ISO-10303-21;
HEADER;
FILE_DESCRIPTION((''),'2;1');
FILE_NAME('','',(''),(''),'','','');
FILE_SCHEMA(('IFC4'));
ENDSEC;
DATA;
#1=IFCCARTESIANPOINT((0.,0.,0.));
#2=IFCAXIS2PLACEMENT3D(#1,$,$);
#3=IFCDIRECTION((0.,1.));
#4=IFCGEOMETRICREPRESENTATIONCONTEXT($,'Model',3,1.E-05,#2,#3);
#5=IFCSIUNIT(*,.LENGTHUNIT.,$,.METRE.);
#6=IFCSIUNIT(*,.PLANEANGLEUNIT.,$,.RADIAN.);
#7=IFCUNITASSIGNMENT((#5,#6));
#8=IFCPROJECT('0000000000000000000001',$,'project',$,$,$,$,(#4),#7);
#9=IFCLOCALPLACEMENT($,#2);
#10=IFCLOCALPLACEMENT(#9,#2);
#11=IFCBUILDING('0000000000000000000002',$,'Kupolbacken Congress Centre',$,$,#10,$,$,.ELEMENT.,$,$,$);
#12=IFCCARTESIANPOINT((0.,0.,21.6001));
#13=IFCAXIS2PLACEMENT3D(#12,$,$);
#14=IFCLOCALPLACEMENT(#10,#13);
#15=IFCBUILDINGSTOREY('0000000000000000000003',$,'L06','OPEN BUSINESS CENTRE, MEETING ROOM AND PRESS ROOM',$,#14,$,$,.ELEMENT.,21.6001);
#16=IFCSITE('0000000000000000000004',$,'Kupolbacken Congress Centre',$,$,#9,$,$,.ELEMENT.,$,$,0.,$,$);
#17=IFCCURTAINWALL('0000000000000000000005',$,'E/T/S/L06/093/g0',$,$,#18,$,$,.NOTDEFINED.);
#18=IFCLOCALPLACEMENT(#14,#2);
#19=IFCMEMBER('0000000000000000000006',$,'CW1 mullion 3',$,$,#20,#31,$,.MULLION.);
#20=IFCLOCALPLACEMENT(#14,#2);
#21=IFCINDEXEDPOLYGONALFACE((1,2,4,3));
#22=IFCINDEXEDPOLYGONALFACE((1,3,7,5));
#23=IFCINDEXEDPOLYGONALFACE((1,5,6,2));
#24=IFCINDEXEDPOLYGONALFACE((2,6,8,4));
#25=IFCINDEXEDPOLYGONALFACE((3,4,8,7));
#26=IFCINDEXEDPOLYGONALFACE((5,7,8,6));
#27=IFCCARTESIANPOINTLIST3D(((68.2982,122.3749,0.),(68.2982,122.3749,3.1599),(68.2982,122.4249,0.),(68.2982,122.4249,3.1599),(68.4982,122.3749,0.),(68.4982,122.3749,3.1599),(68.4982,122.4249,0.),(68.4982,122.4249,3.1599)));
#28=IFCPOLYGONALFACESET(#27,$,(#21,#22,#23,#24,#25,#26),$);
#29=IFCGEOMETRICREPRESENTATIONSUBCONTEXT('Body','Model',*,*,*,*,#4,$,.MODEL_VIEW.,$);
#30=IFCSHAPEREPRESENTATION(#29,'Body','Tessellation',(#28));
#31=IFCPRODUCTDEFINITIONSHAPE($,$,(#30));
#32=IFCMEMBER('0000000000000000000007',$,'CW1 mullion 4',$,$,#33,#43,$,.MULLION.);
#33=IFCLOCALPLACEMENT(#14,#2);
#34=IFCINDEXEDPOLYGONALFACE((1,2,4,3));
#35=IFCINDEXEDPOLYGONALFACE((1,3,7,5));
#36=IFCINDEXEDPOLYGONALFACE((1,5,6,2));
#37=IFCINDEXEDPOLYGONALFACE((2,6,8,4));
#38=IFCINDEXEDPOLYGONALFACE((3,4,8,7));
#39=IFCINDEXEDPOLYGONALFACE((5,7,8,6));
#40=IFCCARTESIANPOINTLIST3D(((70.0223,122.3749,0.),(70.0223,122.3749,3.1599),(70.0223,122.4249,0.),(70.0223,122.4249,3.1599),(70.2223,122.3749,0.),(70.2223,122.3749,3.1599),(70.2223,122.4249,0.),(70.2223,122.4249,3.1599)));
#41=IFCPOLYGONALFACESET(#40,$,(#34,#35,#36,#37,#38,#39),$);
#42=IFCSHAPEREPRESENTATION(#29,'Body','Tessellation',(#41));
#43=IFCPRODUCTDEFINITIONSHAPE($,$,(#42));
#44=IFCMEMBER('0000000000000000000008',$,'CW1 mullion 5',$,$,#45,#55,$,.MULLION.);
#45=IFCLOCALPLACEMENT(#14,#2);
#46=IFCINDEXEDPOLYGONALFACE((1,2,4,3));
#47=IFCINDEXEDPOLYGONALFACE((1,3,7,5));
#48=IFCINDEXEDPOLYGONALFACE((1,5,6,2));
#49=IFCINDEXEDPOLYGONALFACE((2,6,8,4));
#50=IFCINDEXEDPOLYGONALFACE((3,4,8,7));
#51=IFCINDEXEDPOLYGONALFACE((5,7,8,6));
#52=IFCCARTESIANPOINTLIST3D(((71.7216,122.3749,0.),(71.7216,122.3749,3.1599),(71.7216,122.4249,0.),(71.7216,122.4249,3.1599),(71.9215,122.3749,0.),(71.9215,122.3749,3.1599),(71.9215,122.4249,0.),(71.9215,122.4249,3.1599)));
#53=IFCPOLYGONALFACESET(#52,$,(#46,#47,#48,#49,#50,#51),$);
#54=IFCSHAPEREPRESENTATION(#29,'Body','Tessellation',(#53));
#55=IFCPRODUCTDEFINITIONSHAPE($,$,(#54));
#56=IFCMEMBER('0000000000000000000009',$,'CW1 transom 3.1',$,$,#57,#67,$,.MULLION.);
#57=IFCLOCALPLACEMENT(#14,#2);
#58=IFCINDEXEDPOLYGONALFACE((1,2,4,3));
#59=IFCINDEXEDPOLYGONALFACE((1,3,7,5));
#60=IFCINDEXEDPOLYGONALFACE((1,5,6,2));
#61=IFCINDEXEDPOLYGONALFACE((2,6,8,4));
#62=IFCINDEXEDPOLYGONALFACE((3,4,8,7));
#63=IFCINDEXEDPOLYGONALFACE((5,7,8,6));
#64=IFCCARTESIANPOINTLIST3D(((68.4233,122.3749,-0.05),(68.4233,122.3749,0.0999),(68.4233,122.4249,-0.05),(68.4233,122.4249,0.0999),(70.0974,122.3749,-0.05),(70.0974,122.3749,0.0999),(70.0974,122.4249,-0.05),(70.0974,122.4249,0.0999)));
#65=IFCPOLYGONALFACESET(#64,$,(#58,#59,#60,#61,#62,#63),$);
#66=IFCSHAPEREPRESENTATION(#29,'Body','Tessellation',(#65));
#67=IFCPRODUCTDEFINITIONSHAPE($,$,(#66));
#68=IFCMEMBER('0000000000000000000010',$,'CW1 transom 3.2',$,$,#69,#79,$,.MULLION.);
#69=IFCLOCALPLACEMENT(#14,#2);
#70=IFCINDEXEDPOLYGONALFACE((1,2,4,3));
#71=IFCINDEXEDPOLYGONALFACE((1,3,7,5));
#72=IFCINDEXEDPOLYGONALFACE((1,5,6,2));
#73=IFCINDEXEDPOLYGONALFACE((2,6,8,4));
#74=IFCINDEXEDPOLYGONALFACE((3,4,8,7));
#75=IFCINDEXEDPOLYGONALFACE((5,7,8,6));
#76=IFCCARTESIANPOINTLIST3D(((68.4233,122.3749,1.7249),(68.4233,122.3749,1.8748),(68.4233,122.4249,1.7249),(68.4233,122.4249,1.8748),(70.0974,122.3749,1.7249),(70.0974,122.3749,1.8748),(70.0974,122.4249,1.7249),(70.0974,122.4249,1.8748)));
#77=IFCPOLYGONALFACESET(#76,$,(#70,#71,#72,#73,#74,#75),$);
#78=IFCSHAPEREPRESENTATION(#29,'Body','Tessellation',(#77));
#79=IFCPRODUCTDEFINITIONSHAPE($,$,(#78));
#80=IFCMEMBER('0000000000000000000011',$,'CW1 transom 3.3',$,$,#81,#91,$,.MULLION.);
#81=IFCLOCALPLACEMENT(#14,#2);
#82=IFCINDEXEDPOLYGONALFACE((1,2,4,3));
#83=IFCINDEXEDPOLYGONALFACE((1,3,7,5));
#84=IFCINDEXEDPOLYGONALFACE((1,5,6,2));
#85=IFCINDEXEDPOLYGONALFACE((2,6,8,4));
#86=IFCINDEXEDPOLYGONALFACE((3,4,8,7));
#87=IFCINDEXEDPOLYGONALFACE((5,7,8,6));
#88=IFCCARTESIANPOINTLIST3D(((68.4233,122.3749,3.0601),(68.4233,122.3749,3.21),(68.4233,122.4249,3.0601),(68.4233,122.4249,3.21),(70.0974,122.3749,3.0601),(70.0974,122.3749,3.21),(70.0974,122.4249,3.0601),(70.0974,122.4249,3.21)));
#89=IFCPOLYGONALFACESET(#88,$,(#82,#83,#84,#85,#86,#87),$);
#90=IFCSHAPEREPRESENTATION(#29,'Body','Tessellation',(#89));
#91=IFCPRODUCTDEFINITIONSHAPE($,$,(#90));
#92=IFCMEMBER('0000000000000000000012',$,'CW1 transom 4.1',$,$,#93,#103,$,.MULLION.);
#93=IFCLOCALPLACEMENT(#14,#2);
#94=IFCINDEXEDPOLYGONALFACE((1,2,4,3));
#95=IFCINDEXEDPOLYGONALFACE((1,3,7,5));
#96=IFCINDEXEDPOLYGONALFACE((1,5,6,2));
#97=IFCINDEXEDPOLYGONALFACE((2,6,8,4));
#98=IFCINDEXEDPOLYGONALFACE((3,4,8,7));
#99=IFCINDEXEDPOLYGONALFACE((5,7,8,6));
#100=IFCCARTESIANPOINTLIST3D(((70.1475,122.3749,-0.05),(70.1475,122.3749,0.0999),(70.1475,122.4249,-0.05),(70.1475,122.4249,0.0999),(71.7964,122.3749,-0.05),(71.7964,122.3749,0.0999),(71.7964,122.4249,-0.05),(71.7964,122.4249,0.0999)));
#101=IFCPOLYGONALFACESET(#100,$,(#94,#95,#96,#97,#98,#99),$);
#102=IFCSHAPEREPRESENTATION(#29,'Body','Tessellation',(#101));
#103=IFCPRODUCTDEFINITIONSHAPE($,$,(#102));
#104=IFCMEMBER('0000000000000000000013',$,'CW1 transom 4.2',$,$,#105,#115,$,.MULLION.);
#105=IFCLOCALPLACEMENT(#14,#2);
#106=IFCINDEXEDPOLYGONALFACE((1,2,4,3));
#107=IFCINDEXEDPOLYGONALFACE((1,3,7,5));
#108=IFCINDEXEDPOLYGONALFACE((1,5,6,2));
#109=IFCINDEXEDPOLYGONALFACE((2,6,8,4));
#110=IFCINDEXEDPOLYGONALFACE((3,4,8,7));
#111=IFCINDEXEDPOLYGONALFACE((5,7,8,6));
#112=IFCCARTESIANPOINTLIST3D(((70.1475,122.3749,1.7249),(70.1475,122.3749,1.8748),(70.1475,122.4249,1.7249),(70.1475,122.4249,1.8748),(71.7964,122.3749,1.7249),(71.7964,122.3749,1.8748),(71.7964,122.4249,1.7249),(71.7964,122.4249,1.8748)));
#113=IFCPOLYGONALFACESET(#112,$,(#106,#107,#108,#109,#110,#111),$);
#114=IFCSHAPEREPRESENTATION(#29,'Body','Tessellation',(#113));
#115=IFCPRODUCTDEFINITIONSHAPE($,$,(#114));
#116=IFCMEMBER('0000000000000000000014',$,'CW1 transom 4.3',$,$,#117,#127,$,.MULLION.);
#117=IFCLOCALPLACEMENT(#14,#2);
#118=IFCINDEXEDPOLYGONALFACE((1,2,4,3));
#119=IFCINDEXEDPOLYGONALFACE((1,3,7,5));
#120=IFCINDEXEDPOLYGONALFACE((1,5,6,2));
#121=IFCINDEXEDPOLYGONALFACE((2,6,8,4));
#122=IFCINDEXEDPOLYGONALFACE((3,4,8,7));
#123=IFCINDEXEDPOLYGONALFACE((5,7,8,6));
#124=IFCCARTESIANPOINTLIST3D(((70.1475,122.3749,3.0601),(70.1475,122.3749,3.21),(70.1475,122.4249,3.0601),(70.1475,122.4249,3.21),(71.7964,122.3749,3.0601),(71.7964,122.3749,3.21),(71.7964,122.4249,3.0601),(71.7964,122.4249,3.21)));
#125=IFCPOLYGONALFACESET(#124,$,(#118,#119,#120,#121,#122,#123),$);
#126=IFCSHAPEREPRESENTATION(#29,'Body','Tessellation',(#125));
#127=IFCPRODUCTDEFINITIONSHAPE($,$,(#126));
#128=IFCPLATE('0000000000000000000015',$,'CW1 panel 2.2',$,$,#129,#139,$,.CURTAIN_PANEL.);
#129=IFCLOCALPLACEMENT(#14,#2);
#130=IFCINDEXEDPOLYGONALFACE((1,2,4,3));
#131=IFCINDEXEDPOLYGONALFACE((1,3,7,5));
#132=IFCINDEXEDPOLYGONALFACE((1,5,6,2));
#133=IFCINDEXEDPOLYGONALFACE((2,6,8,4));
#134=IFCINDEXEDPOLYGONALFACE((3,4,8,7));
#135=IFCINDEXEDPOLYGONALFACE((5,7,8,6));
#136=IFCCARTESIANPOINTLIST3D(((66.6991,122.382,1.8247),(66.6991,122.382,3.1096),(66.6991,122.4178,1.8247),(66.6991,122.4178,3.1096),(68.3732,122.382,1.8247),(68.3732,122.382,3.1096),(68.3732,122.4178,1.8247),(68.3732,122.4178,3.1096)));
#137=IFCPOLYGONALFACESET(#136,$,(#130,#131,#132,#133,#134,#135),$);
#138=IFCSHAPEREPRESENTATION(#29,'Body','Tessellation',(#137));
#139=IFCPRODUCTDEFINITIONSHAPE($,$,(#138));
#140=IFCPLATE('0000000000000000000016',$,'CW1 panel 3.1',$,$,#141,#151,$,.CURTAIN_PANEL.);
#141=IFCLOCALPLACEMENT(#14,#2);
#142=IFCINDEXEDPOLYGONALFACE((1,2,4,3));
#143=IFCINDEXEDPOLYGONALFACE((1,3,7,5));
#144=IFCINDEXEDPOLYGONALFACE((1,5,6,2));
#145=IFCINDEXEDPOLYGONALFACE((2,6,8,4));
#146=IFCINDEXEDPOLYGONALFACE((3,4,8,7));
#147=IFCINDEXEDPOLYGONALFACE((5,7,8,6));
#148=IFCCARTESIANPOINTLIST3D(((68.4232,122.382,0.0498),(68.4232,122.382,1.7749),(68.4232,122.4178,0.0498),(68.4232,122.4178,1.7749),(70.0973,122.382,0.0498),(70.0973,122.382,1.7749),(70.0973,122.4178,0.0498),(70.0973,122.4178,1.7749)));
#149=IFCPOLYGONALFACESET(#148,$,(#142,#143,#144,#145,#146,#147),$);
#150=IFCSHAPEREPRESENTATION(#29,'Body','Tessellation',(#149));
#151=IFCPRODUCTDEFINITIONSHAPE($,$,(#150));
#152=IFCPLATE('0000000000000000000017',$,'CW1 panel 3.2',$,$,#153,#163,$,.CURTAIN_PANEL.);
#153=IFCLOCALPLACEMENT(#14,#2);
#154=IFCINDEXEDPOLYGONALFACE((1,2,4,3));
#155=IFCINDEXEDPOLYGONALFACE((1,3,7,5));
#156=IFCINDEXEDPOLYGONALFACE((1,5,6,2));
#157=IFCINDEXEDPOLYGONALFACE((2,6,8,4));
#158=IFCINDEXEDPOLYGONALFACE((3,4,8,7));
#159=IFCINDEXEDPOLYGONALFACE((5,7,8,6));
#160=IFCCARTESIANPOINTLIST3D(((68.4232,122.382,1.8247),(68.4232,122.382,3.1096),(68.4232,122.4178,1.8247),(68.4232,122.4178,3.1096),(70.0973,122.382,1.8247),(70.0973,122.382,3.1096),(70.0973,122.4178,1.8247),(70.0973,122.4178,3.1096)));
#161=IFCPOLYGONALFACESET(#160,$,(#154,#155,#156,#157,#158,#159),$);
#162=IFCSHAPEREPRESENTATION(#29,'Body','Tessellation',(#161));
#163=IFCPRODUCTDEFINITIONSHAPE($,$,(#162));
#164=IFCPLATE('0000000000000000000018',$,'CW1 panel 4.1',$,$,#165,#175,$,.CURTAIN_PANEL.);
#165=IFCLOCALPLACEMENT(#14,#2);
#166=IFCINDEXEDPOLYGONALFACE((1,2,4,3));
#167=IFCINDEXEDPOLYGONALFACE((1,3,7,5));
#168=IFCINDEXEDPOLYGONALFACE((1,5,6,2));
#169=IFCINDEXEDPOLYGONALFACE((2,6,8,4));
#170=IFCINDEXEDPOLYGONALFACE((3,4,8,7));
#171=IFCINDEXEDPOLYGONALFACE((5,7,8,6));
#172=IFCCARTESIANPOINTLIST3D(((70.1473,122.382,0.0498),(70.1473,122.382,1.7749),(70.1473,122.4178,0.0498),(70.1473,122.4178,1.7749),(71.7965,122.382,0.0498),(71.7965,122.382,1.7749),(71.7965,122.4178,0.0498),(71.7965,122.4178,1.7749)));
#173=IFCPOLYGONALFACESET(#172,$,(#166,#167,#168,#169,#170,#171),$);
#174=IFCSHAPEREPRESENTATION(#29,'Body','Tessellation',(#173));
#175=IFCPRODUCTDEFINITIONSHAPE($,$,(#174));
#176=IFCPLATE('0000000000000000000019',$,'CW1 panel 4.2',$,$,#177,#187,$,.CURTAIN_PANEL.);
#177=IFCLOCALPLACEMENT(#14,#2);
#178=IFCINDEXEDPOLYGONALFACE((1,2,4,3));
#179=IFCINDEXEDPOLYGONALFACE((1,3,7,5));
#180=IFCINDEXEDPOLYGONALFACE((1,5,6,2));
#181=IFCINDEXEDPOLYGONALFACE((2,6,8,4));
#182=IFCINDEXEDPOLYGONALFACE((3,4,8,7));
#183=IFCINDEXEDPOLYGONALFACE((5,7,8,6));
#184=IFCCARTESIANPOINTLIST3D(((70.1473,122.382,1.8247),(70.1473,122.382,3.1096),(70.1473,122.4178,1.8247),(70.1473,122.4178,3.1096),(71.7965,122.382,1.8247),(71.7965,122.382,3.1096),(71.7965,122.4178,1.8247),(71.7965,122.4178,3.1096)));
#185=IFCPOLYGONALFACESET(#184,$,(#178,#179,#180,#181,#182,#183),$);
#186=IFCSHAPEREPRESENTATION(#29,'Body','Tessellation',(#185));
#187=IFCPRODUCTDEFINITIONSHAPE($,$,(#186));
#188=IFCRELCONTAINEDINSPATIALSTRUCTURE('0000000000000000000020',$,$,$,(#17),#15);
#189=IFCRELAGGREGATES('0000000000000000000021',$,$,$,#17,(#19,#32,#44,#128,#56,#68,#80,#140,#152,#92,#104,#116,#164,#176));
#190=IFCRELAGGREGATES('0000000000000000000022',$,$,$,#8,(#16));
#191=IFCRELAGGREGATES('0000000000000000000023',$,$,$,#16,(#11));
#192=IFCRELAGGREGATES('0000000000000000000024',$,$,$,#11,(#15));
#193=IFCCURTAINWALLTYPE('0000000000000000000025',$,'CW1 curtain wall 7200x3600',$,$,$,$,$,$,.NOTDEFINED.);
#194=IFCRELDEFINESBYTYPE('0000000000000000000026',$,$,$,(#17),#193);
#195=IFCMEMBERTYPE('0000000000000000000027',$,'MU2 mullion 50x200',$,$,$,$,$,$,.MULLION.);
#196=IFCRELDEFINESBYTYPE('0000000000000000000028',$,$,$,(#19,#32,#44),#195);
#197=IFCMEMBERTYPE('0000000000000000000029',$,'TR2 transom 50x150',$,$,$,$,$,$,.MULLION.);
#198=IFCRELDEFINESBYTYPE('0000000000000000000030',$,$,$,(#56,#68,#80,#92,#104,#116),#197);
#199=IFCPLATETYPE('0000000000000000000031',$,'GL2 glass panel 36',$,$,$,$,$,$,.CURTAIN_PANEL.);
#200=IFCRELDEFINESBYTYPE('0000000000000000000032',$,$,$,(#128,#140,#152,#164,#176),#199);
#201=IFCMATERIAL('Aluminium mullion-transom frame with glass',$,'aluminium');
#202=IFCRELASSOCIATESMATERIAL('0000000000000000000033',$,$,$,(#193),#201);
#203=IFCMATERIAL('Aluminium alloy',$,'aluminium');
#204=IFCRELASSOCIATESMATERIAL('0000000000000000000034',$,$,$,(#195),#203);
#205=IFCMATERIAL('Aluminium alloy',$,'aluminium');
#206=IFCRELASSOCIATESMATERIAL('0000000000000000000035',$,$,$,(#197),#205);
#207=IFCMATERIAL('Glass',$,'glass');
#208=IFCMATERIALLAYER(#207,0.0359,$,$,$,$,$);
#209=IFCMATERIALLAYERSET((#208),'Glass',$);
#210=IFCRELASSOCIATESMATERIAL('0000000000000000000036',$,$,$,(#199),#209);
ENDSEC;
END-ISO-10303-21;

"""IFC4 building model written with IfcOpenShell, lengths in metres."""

from ifc_helpers import new_model, si_unit, direction, frame, origin, origin_2d, place, context, subcontext, project, spatial, rectangle, extrude, material, layer, layer_set, material_profile, profile_set, type_object, element, aggregate, save


model = new_model("IFC4")

# Units and contexts
model_context = context("Model", 3, precision=1e-05, world=origin(), true_north=direction((0.0, 1.0)))
body_context = subcontext(model_context, "Body", "Model", "MODEL_VIEW")
ifc_project = project(units=[si_unit("LENGTHUNIT", "METRE"), si_unit("PLANEANGLEUNIT", "RADIAN")], contexts=[model_context])

# Site, building, storey
site_placement = place(None, origin())
site = spatial("IfcSite", under=ifc_project, at=site_placement, Name="Kupolbacken Congress Centre", CompositionType="ELEMENT", RefElevation=0.0)
building_placement = place(site_placement, origin())
building = spatial("IfcBuilding", under=site, at=building_placement, Name="Kupolbacken Congress Centre", CompositionType="ELEMENT")
storey_placement = place(building_placement, frame((0.0, 0.0, 21.6001)))
storey = spatial("IfcBuildingStorey", under=building, at=storey_placement, Name="L06", Description="OPEN BUSINESS CENTRE, MEETING ROOM AND PRESS ROOM", CompositionType="ELEMENT", Elevation=21.6001)

# Curtain wall, members, plates
ifc_material_1 = material(Name="Aluminium mullion-transom frame with glass", Category="aluminium")
curtain_wall_type = type_object("IfcCurtainWallType", Name="CW1 curtain wall 7200x3600", PredefinedType="NOTDEFINED", material=ifc_material_1)
curtain_wall_placement = place(storey_placement, origin())
curtain_wall = element("IfcCurtainWall", 1, at=curtain_wall_placement, inside=storey, type_object=curtain_wall_type, Name="E/T/S/L06/093/g0", PredefinedType="NOTDEFINED")
ifc_material_2 = material(Name="Aluminium alloy", Category="aluminium")
ifc_material_profile_1 = material_profile(ifc_material_2, rectangle(XDim=0.05, YDim=0.2, at=origin_2d()), Name="50 x 200")
ifc_profile_set_1 = profile_set([ifc_material_profile_1], Name="Aluminium alloy")
member_type_1 = type_object("IfcMemberType", Name="MU2 mullion 50x200", PredefinedType="MULLION", material=ifc_profile_set_1)
member_1_placement = place(storey_placement, frame((68.3982, 122.3999, 0.0), z_axis=(0.0, 0.0, 1.0), x_axis=(0.0, 1.0, 0.0)))
member_1 = element("IfcMember", 2, at=member_1_placement, type_object=member_type_1, Name="CW1 mullion 3", PredefinedType="MULLION", context=body_context, shape_type="SweptSolid", body=[
    extrude(rectangle(XDim=0.05, YDim=0.2, at=origin_2d()), origin(), (0.0, 0.0, 1.0), 3.1599),
])
member_2_placement = place(storey_placement, frame((70.1223, 122.3999, 0.0), z_axis=(0.0, 0.0, 1.0), x_axis=(0.0, 1.0, 0.0)))
member_2 = element("IfcMember", 3, at=member_2_placement, type_object=member_type_1, Name="CW1 mullion 4", PredefinedType="MULLION", context=body_context, shape_type="SweptSolid", body=[
    extrude(rectangle(XDim=0.05, YDim=0.2, at=origin_2d()), origin(), (0.0, 0.0, 1.0), 3.1599),
])
member_3_placement = place(storey_placement, frame((71.8215, 122.3999, 0.0), z_axis=(0.0, 0.0, 1.0), x_axis=(0.0, 1.0, 0.0)))
member_3 = element("IfcMember", 4, at=member_3_placement, type_object=member_type_1, Name="CW1 mullion 5", PredefinedType="MULLION", context=body_context, shape_type="SweptSolid", body=[
    extrude(rectangle(XDim=0.05, YDim=0.2, at=origin_2d()), origin(), (0.0, 0.0, 1.0), 3.1599),
])
ifc_material_3 = material(Name="Aluminium alloy", Category="aluminium")
ifc_material_profile_2 = material_profile(ifc_material_3, rectangle(XDim=0.05, YDim=0.1499, at=origin_2d()), Name="50 x 150")
ifc_profile_set_2 = profile_set([ifc_material_profile_2], Name="Aluminium alloy")
member_type_2 = type_object("IfcMemberType", Name="TR2 transom 50x150", PredefinedType="MULLION", material=ifc_profile_set_2)
member_4_placement = place(storey_placement, frame((68.4233, 122.3999, 0.0249), z_axis=(1.0, 0.0, 0.0), x_axis=(0.0, 1.0, 0.0)))
member_4 = element("IfcMember", 5, at=member_4_placement, type_object=member_type_2, Name="CW1 transom 3.1", PredefinedType="MULLION", context=body_context, shape_type="SweptSolid", body=[
    extrude(rectangle(XDim=0.05, YDim=0.1499, at=origin_2d()), origin(), (0.0, 0.0, 1.0), 1.6741),
])
member_5_placement = place(storey_placement, frame((68.4233, 122.3999, 1.7998), z_axis=(1.0, 0.0, 0.0), x_axis=(0.0, 1.0, 0.0)))
member_5 = element("IfcMember", 6, at=member_5_placement, type_object=member_type_2, Name="CW1 transom 3.2", PredefinedType="MULLION", context=body_context, shape_type="SweptSolid", body=[
    extrude(rectangle(XDim=0.05, YDim=0.1499, at=origin_2d()), origin(), (0.0, 0.0, 1.0), 1.6741),
])
member_6_placement = place(storey_placement, frame((68.4233, 122.3999, 3.135), z_axis=(1.0, 0.0, 0.0), x_axis=(0.0, 1.0, 0.0)))
member_6 = element("IfcMember", 7, at=member_6_placement, type_object=member_type_2, Name="CW1 transom 3.3", PredefinedType="MULLION", context=body_context, shape_type="SweptSolid", body=[
    extrude(rectangle(XDim=0.05, YDim=0.1499, at=origin_2d()), origin(), (0.0, 0.0, 1.0), 1.6741),
])
member_7_placement = place(storey_placement, frame((70.1475, 122.3999, 0.0249), z_axis=(1.0, 0.0, 0.0), x_axis=(0.0, 1.0, 0.0)))
member_7 = element("IfcMember", 8, at=member_7_placement, type_object=member_type_2, Name="CW1 transom 4.1", PredefinedType="MULLION", context=body_context, shape_type="SweptSolid", body=[
    extrude(rectangle(XDim=0.05, YDim=0.1499, at=origin_2d()), origin(), (0.0, 0.0, 1.0), 1.6489),
])
member_8_placement = place(storey_placement, frame((70.1475, 122.3999, 1.7998), z_axis=(1.0, 0.0, 0.0), x_axis=(0.0, 1.0, 0.0)))
member_8 = element("IfcMember", 9, at=member_8_placement, type_object=member_type_2, Name="CW1 transom 4.2", PredefinedType="MULLION", context=body_context, shape_type="SweptSolid", body=[
    extrude(rectangle(XDim=0.05, YDim=0.1499, at=origin_2d()), origin(), (0.0, 0.0, 1.0), 1.6489),
])
member_9_placement = place(storey_placement, frame((70.1475, 122.3999, 3.135), z_axis=(1.0, 0.0, 0.0), x_axis=(0.0, 1.0, 0.0)))
member_9 = element("IfcMember", 10, at=member_9_placement, type_object=member_type_2, Name="CW1 transom 4.3", PredefinedType="MULLION", context=body_context, shape_type="SweptSolid", body=[
    extrude(rectangle(XDim=0.05, YDim=0.1499, at=origin_2d()), origin(), (0.0, 0.0, 1.0), 1.6489),
])
ifc_material_4 = material(Name="Glass", Category="glass")
ifc_layer_1 = layer(ifc_material_4, 0.0359)
ifc_layer_set_1 = layer_set([ifc_layer_1], Name="Glass")
plate_type = type_object("IfcPlateType", Name="GL2 glass panel 36", PredefinedType="CURTAIN_PANEL", material=ifc_layer_set_1)
plate_1_placement = place(storey_placement, frame((67.5361, 122.3999, 1.8247), z_axis=(0.0, 0.0, 1.0), x_axis=(1.0, 0.0, 0.0)))
plate_1 = element("IfcPlate", 11, at=plate_1_placement, type_object=plate_type, Name="CW1 panel 2.2", PredefinedType="CURTAIN_PANEL", context=body_context, shape_type="SweptSolid", body=[
    extrude(rectangle(XDim=1.6741, YDim=0.0359, at=origin_2d()), origin(), (0.0, 0.0, 1.0), 1.2849),
])
plate_2_placement = place(storey_placement, frame((69.2603, 122.3999, 0.0498), z_axis=(0.0, 0.0, 1.0), x_axis=(1.0, 0.0, 0.0)))
plate_2 = element("IfcPlate", 12, at=plate_2_placement, type_object=plate_type, Name="CW1 panel 3.1", PredefinedType="CURTAIN_PANEL", context=body_context, shape_type="SweptSolid", body=[
    extrude(rectangle(XDim=1.6741, YDim=0.0359, at=origin_2d()), origin(), (0.0, 0.0, 1.0), 1.7251),
])
plate_3_placement = place(storey_placement, frame((69.2603, 122.3999, 1.8247), z_axis=(0.0, 0.0, 1.0), x_axis=(1.0, 0.0, 0.0)))
plate_3 = element("IfcPlate", 13, at=plate_3_placement, type_object=plate_type, Name="CW1 panel 3.2", PredefinedType="CURTAIN_PANEL", context=body_context, shape_type="SweptSolid", body=[
    extrude(rectangle(XDim=1.6741, YDim=0.0359, at=origin_2d()), origin(), (0.0, 0.0, 1.0), 1.2849),
])
plate_4_placement = place(storey_placement, frame((70.9719, 122.3999, 0.0498), z_axis=(0.0, 0.0, 1.0), x_axis=(1.0, 0.0, 0.0)))
plate_4 = element("IfcPlate", 14, at=plate_4_placement, type_object=plate_type, Name="CW1 panel 4.1", PredefinedType="CURTAIN_PANEL", context=body_context, shape_type="SweptSolid", body=[
    extrude(rectangle(XDim=1.6492, YDim=0.0359, at=origin_2d()), origin(), (0.0, 0.0, 1.0), 1.7251),
])
plate_5_placement = place(storey_placement, frame((70.9719, 122.3999, 1.8247), z_axis=(0.0, 0.0, 1.0), x_axis=(1.0, 0.0, 0.0)))
plate_5 = element("IfcPlate", 15, at=plate_5_placement, type_object=plate_type, Name="CW1 panel 4.2", PredefinedType="CURTAIN_PANEL", context=body_context, shape_type="SweptSolid", body=[
    extrude(rectangle(XDim=1.6492, YDim=0.0359, at=origin_2d()), origin(), (0.0, 0.0, 1.0), 1.2849),
])
aggregate(curtain_wall, [member_1, member_2, member_3, plate_1, member_4, member_5, member_6, plate_2, plate_3, member_7, member_8, member_9, plate_4, plate_5])

save(model, "model.ifc")
